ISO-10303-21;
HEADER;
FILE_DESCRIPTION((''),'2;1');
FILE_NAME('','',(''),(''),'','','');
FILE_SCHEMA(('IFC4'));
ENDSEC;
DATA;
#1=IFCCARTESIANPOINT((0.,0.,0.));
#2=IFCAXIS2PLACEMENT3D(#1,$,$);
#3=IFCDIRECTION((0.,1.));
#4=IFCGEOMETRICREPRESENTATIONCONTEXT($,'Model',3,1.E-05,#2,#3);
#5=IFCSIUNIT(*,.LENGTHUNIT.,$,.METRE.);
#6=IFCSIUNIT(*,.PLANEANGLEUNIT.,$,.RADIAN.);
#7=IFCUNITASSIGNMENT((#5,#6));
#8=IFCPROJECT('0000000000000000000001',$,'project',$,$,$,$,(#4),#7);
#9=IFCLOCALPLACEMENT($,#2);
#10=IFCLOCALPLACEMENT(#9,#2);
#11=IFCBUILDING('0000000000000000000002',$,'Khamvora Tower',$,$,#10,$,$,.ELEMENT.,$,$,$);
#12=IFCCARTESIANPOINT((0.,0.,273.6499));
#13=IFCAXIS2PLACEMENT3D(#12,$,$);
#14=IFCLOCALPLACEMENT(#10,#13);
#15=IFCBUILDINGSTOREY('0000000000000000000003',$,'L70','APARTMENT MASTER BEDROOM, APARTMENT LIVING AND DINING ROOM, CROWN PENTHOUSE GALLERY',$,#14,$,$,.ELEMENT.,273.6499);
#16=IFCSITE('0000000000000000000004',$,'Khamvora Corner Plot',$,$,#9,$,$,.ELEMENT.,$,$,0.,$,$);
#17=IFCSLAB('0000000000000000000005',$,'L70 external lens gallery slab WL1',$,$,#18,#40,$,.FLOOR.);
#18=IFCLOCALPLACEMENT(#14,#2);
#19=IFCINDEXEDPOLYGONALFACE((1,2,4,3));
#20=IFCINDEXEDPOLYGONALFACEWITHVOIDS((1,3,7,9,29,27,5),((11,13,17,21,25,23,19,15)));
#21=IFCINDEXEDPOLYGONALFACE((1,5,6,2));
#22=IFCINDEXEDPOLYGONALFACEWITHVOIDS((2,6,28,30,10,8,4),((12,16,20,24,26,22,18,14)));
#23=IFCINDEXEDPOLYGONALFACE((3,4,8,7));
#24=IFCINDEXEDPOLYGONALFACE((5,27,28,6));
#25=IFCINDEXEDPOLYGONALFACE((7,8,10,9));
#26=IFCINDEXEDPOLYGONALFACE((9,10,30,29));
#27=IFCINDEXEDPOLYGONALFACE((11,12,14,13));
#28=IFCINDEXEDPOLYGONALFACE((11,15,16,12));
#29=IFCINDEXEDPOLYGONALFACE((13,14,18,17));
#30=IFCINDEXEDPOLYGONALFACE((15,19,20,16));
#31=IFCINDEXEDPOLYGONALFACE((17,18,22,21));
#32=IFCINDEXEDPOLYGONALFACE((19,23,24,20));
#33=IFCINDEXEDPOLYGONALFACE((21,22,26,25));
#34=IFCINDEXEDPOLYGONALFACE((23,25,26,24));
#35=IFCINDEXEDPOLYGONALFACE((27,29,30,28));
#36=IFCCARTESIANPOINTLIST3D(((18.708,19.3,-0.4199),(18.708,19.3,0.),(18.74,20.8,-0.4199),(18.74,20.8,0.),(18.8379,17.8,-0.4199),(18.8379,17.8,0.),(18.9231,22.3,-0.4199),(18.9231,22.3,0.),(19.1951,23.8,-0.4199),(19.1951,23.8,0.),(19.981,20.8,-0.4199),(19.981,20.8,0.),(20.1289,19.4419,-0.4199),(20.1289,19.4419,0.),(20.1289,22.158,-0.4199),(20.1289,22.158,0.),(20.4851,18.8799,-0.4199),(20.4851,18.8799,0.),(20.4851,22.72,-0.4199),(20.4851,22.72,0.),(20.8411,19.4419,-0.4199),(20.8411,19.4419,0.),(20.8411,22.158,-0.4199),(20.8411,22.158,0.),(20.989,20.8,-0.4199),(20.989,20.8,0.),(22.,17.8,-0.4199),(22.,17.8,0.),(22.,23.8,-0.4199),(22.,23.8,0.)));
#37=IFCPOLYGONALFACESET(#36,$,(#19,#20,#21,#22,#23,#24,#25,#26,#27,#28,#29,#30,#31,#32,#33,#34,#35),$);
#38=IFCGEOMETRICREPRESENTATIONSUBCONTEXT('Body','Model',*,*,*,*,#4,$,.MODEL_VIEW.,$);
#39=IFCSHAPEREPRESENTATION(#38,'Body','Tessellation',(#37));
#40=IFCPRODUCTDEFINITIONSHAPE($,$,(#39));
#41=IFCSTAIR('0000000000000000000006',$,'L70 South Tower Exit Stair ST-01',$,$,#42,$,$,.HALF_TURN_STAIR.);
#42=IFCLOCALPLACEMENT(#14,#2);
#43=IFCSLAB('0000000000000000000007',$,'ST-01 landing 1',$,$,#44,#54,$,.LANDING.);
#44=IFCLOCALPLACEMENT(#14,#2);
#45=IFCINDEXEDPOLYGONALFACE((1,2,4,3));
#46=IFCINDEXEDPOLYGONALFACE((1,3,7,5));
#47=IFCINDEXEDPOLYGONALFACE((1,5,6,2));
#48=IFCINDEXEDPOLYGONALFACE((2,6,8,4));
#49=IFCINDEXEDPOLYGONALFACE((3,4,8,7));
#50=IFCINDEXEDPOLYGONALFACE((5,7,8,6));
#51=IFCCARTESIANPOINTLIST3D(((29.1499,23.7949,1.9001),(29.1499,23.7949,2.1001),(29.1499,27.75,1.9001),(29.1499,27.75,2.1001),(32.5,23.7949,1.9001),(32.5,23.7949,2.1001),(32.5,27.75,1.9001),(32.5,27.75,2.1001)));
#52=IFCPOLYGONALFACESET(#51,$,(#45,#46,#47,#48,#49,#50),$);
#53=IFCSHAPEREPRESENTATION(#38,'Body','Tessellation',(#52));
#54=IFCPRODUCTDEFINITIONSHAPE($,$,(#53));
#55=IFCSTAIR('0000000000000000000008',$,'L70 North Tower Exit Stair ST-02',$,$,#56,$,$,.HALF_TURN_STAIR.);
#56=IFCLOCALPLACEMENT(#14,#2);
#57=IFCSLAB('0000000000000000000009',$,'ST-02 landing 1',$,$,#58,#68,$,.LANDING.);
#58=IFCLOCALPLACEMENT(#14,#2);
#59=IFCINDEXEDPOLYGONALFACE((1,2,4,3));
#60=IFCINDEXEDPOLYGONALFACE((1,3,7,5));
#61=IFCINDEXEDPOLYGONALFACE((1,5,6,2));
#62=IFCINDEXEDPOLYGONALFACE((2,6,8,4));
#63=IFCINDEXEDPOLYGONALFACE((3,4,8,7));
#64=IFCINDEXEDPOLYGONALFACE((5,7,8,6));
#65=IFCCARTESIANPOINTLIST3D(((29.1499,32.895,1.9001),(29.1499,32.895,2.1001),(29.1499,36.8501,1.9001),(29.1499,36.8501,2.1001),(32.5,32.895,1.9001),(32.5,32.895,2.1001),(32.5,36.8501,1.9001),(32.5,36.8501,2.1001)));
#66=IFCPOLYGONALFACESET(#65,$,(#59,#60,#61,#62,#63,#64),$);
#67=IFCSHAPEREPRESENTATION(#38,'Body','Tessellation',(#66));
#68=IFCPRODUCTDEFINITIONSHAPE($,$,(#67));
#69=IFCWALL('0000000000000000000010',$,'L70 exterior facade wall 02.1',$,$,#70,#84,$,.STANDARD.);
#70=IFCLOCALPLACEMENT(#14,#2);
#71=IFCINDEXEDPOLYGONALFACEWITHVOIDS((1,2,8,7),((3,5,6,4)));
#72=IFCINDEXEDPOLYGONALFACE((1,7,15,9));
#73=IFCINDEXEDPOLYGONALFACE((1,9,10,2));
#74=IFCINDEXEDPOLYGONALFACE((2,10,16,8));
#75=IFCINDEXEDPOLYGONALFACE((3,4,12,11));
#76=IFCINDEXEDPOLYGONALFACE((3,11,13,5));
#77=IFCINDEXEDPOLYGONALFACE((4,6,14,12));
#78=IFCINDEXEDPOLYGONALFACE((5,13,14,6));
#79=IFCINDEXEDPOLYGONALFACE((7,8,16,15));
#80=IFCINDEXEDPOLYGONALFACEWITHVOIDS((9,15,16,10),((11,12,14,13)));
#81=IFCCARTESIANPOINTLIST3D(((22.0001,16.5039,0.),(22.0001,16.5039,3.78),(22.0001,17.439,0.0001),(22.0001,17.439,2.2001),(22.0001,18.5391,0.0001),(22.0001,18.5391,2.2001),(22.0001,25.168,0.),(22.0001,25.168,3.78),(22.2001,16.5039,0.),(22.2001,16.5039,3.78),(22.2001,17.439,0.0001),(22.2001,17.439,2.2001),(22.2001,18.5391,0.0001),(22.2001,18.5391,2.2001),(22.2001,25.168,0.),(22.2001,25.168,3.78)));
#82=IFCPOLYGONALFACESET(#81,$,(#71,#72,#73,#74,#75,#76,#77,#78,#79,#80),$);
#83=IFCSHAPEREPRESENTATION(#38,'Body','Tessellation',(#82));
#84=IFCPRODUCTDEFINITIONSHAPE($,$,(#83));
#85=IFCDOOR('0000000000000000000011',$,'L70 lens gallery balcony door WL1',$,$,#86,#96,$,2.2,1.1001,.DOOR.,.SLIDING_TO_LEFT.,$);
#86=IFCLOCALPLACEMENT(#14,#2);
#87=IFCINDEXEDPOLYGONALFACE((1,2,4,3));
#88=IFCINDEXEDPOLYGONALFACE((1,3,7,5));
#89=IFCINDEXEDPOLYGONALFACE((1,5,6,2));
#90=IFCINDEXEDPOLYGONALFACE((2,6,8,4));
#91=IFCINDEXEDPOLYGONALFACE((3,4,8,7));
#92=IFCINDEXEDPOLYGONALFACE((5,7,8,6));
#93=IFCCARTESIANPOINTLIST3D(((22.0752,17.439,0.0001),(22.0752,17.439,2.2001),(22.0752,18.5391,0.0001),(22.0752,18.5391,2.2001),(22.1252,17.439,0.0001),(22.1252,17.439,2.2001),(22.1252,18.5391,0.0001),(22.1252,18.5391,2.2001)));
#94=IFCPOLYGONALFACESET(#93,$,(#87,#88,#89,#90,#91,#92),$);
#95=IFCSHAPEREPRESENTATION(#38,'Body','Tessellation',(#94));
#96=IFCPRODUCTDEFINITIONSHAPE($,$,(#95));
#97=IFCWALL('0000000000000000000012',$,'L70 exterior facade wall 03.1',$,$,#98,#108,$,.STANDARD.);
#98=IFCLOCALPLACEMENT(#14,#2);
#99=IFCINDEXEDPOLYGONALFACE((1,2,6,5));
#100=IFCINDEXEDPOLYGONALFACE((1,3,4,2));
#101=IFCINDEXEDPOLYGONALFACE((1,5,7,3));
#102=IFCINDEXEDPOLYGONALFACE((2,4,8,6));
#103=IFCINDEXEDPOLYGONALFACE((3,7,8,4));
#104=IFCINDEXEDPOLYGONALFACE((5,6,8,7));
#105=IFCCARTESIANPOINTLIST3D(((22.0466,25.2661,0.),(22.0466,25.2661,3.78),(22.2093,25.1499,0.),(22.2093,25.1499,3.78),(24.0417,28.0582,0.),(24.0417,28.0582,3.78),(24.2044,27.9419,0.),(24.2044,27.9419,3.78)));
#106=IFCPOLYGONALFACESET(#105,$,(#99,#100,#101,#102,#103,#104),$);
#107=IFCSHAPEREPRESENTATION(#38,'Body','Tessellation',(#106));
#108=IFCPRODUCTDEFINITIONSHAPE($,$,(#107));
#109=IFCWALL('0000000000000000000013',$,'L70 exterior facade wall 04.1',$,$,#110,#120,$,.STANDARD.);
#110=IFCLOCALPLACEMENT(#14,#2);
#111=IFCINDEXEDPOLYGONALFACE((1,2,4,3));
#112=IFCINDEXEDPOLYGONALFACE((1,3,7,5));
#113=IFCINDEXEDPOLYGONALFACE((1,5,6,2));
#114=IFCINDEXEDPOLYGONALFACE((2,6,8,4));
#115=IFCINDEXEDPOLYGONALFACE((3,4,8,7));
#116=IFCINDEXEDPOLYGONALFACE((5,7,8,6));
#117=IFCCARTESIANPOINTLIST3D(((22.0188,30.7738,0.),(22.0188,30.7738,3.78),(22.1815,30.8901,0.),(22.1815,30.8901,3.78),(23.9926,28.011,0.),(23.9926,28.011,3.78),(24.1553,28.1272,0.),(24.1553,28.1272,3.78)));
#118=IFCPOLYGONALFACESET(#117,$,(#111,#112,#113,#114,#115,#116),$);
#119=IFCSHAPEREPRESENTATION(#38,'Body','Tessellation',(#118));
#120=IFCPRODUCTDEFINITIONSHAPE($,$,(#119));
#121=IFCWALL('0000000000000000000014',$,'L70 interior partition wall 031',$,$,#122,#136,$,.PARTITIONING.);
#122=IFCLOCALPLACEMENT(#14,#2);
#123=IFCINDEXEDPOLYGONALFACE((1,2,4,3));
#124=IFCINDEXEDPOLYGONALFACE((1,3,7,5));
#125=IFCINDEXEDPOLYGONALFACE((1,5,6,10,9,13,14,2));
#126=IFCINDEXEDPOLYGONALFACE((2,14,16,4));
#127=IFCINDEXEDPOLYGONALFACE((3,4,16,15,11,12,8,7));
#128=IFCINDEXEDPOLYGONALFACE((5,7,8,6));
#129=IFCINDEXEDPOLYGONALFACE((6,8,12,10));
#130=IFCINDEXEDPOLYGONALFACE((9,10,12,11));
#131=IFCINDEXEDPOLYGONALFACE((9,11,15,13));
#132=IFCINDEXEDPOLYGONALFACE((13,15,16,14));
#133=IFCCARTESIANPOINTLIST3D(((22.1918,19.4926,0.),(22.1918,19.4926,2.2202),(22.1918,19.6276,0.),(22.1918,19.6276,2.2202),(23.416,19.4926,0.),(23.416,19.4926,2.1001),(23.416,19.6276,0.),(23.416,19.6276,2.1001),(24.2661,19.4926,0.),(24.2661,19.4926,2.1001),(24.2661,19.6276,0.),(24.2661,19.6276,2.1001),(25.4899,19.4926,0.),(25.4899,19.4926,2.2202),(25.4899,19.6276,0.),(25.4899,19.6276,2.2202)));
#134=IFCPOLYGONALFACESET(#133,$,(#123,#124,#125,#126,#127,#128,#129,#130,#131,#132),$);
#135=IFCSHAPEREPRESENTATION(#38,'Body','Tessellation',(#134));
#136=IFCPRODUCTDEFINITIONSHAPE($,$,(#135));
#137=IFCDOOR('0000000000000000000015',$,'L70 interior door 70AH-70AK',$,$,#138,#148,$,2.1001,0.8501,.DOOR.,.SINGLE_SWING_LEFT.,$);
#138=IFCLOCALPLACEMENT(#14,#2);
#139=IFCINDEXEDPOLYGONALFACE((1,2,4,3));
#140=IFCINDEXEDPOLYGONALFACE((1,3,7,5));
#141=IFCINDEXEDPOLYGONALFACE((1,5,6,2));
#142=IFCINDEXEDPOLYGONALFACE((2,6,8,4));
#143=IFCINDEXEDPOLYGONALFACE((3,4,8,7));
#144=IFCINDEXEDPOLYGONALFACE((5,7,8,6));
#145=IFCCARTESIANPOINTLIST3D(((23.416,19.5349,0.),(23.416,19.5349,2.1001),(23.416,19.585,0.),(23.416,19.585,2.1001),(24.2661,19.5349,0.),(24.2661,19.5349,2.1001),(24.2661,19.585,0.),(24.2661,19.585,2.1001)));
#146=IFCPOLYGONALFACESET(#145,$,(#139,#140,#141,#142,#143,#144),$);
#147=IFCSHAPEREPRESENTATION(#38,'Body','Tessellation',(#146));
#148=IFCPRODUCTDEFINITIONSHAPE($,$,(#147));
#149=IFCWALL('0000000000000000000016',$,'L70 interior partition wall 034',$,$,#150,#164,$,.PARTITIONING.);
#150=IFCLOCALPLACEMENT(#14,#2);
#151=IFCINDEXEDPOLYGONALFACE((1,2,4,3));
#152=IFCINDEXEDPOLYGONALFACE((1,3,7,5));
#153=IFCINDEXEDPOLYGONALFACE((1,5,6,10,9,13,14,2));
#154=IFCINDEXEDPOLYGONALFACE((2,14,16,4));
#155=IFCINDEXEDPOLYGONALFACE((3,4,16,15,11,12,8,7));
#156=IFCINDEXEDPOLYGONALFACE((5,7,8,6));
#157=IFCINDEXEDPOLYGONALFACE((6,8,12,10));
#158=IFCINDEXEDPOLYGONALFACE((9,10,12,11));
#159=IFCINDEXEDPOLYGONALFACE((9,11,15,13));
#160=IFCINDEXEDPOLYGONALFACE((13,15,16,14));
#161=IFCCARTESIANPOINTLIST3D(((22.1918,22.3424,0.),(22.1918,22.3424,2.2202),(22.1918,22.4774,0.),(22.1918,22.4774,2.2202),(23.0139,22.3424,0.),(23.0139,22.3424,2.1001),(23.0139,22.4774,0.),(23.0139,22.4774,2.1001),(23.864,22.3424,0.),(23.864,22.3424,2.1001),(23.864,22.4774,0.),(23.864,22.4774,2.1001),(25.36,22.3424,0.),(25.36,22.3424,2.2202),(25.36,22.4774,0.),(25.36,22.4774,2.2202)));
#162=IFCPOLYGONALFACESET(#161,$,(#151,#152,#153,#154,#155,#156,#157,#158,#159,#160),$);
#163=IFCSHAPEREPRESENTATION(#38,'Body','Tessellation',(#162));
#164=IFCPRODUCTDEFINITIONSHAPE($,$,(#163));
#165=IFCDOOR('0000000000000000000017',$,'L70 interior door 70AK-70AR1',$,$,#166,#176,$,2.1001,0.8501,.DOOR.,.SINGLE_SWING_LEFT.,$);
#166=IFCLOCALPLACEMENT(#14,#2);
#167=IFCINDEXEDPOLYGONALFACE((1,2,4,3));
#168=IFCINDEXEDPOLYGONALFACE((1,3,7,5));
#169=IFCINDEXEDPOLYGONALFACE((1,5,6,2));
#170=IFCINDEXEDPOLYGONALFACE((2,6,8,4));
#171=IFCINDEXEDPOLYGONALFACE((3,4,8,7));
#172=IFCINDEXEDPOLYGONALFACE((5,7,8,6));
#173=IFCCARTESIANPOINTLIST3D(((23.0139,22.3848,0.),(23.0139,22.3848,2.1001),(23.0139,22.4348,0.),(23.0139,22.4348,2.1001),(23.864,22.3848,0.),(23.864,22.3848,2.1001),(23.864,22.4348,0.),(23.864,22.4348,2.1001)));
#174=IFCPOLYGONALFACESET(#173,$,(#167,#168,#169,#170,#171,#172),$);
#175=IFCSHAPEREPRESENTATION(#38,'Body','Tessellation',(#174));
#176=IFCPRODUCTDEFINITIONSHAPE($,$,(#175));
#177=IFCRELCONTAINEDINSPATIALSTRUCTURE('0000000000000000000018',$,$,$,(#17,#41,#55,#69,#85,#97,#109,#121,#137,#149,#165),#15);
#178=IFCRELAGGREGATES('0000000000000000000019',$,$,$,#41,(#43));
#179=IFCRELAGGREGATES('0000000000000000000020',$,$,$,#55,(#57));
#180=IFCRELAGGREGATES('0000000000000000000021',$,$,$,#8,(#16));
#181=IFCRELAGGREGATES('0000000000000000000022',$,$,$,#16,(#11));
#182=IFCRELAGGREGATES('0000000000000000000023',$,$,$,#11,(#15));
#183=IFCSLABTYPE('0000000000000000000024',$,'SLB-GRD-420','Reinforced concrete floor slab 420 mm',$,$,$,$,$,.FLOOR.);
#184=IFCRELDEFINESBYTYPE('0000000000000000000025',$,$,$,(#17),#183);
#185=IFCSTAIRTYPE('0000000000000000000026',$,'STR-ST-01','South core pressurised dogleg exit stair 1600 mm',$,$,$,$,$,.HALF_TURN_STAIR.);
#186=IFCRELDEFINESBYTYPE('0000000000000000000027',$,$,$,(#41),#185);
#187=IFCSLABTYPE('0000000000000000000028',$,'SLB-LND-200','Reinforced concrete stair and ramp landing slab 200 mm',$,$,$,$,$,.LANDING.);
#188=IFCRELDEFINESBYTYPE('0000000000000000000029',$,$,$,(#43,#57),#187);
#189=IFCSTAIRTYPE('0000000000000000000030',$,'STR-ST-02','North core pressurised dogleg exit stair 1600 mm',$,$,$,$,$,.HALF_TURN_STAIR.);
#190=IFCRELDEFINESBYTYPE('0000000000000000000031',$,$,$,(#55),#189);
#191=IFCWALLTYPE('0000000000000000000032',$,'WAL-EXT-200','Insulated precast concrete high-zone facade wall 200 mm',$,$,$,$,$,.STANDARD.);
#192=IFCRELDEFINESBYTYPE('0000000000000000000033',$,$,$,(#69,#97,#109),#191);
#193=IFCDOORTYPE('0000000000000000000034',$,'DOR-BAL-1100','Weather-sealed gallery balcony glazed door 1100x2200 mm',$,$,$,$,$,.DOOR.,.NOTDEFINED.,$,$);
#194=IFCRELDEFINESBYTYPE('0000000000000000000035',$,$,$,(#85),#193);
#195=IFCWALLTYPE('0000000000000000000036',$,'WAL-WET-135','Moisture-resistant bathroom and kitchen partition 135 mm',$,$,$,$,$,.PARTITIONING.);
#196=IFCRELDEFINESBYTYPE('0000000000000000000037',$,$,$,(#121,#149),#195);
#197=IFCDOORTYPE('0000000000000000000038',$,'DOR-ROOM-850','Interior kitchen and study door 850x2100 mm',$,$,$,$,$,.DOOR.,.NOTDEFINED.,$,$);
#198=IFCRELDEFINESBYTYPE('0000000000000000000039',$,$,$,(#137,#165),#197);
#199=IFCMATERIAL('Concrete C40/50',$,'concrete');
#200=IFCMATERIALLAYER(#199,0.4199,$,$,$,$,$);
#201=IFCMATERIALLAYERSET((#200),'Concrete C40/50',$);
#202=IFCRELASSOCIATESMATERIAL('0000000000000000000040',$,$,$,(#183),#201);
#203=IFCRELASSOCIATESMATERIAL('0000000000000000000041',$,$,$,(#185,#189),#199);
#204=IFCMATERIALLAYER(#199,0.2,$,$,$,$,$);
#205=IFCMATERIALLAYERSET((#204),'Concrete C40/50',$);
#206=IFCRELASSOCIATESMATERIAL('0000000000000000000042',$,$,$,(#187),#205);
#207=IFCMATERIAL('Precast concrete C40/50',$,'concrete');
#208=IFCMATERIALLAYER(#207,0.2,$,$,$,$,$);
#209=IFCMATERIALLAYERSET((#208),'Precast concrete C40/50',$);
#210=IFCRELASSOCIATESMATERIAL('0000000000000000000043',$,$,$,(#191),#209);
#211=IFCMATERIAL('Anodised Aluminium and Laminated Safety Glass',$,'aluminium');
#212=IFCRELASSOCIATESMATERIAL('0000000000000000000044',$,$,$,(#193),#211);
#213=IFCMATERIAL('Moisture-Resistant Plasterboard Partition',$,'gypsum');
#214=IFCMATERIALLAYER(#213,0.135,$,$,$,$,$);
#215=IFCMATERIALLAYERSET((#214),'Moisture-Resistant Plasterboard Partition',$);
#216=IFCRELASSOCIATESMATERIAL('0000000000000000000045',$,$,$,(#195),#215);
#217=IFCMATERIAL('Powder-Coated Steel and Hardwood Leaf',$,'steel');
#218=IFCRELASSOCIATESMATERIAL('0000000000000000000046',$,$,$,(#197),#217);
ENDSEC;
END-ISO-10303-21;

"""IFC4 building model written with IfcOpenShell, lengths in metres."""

from ifc_helpers import new_model, si_unit, direction, frame, frame_2d, origin, place, context, subcontext, project, spatial, polyline, rectangle, outline, extrude, material, layer, layer_set, type_object, element, fill, aggregate, save


model = new_model("IFC4")

# Units and contexts
model_context = context("Model", 3, precision=1e-05, world=origin(), true_north=direction((0.0, 1.0)))
body_context = subcontext(model_context, "Body", "Model", "MODEL_VIEW")
ifc_project = project(units=[si_unit("LENGTHUNIT", "METRE"), si_unit("PLANEANGLEUNIT", "RADIAN")], contexts=[model_context])

# Site, building, storey
site_placement = place(None, origin())
site = spatial("IfcSite", under=ifc_project, at=site_placement, Name="Khamvora Corner Plot", CompositionType="ELEMENT", RefElevation=0.0)
building_placement = place(site_placement, origin())
building = spatial("IfcBuilding", under=site, at=building_placement, Name="Khamvora Tower", CompositionType="ELEMENT")
storey_placement = place(building_placement, frame((0.0, 0.0, 273.6499)))
storey = spatial("IfcBuildingStorey", under=building, at=storey_placement, Name="L70", Description="APARTMENT MASTER BEDROOM, APARTMENT LIVING AND DINING ROOM, CROWN PENTHOUSE GALLERY", CompositionType="ELEMENT", Elevation=273.6499)

# Slab
ifc_material_1 = material(Name="Concrete C40/50", Category="concrete")
ifc_layer_1 = layer(ifc_material_1, 0.4199)
ifc_layer_set_1 = layer_set([ifc_layer_1], Name="Concrete C40/50")
slab_type_1 = type_object("IfcSlabType", Name="SLB-GRD-420", Description="Reinforced concrete floor slab 420 mm", PredefinedType="FLOOR", material=ifc_layer_set_1)
slab_1_placement = place(storey_placement, frame((0.0, 0.0, -0.4199)))
element("IfcSlab", 1, at=slab_1_placement, inside=storey, type_object=slab_type_1, Name="L70 external lens gallery slab WL1", PredefinedType="FLOOR", context=body_context, shape_type="SweptSolid", body=[
    extrude(outline(polyline([(22.0, 17.8), (22.0, 23.8), (19.1951, 23.8), (18.9231, 22.3), (18.74, 20.8), (18.708, 19.3), (18.8379, 17.8), (22.0, 17.8)]), holes=[polyline([(20.989, 20.8), (20.8411, 22.158), (20.4851, 22.72), (20.1289, 22.158), (19.981, 20.8), (20.1289, 19.4419), (20.4851, 18.8799), (20.8411, 19.4419), (20.989, 20.8)])]), origin(), (0.0, 0.0, 1.0), 0.4199),
])

# Stairs, slabs
stair_type_1 = type_object("IfcStairType", Name="STR-ST-01", Description="South core pressurised dogleg exit stair 1600 mm", PredefinedType="HALF_TURN_STAIR", material=ifc_material_1)
stair_1_placement = place(storey_placement, origin())
stair_1 = element("IfcStair", 2, at=stair_1_placement, inside=storey, type_object=stair_type_1, Name="L70 South Tower Exit Stair ST-01", PredefinedType="HALF_TURN_STAIR")
ifc_layer_2 = layer(ifc_material_1, 0.2)
ifc_layer_set_2 = layer_set([ifc_layer_2], Name="Concrete C40/50")
slab_type_2 = type_object("IfcSlabType", Name="SLB-LND-200", Description="Reinforced concrete stair and ramp landing slab 200 mm", PredefinedType="LANDING", material=ifc_layer_set_2)
slab_2_placement = place(storey_placement, frame((0.0, 0.0, 1.9001)))
slab_2 = element("IfcSlab", 3, at=slab_2_placement, type_object=slab_type_2, Name="ST-01 landing 1", PredefinedType="LANDING", context=body_context, shape_type="SweptSolid", body=[
    extrude(outline(polyline([(32.5, 23.7949), (32.5, 27.75), (29.1499, 27.75), (29.1499, 23.7949), (32.5, 23.7949)])), origin(), (0.0, 0.0, 1.0), 0.2),
])
aggregate(stair_1, [slab_2])
stair_type_2 = type_object("IfcStairType", Name="STR-ST-02", Description="North core pressurised dogleg exit stair 1600 mm", PredefinedType="HALF_TURN_STAIR", material=ifc_material_1)
stair_2_placement = place(storey_placement, origin())
stair_2 = element("IfcStair", 4, at=stair_2_placement, inside=storey, type_object=stair_type_2, Name="L70 North Tower Exit Stair ST-02", PredefinedType="HALF_TURN_STAIR")
slab_3_placement = place(storey_placement, frame((0.0, 0.0, 1.9001)))
slab_3 = element("IfcSlab", 5, at=slab_3_placement, type_object=slab_type_2, Name="ST-02 landing 1", PredefinedType="LANDING", context=body_context, shape_type="SweptSolid", body=[
    extrude(outline(polyline([(32.5, 32.895), (32.5, 36.8501), (29.1499, 36.8501), (29.1499, 32.895), (32.5, 32.895)])), origin(), (0.0, 0.0, 1.0), 0.2),
])
aggregate(stair_2, [slab_3])

# Wall, opening, door
ifc_material_2 = material(Name="Precast concrete C40/50", Category="concrete")
ifc_layer_3 = layer(ifc_material_2, 0.2)
ifc_layer_set_3 = layer_set([ifc_layer_3], Name="Precast concrete C40/50")
wall_type_1 = type_object("IfcWallType", Name="WAL-EXT-200", Description="Insulated precast concrete high-zone facade wall 200 mm", PredefinedType="STANDARD", material=ifc_layer_set_3)
wall_1_placement = place(storey_placement, frame((22.1001, 16.5039, 0.0), z_axis=(0.0, 0.0, 1.0), x_axis=(0.0, 1.0, 0.0)))
wall_1 = element("IfcWall", 6, at=wall_1_placement, inside=storey, type_object=wall_type_1, Name="L70 exterior facade wall 02.1", PredefinedType="STANDARD", context=body_context, shape_type="SweptSolid", body=[
    extrude(rectangle(XDim=8.6641, YDim=0.2, at=frame_2d((4.332, 0.0))), origin(), (0.0, 0.0, 1.0), 3.78),
])
opening_1_placement = place(wall_1_placement, frame((0.9351, 0.0, 0.0)))
opening_1 = element("IfcOpeningElement", 7, at=opening_1_placement, cuts=wall_1, PredefinedType="OPENING", context=body_context, shape_type="SweptSolid", body=[
    extrude(rectangle(XDim=1.1001, YDim=2.2, at=frame_2d((0.55, 1.1001))), frame((0.0, 0.1099, 0.0), z_axis=(0.0, -1.0, 0.0), x_axis=(1.0, 0.0, 0.0)), (0.0, 0.0, 1.0), 0.22),
])
ifc_material_3 = material(Name="Anodised Aluminium and Laminated Safety Glass", Category="aluminium")
door_type_1 = type_object("IfcDoorType", Name="DOR-BAL-1100", Description="Weather-sealed gallery balcony glazed door 1100x2200 mm", OperationType="NOTDEFINED", PredefinedType="DOOR", material=ifc_material_3)
door_1_placement = place(opening_1_placement, origin())
door_1 = element("IfcDoor", 8, at=door_1_placement, inside=storey, type_object=door_type_1, Name="L70 lens gallery balcony door WL1", OperationType="SLIDING_TO_LEFT", OverallHeight=2.2, OverallWidth=1.1001, PredefinedType="DOOR", context=body_context, shape_type="SweptSolid", body=[
    extrude(rectangle(XDim=1.1001, YDim=2.2, at=frame_2d((0.55, 1.1001))), frame((0.0, 0.0249, 0.0), z_axis=(0.0, -1.0, 0.0), x_axis=(1.0, 0.0, 0.0)), (0.0, 0.0, 1.0), 0.05),
])
fill(opening_1, door_1)

# Walls
wall_2_placement = place(storey_placement, frame((22.1279, 25.208, 0.0), z_axis=(0.0, 0.0, 1.0), x_axis=(0.5814, 0.813618, 0.0)))
element("IfcWall", 9, at=wall_2_placement, inside=storey, type_object=wall_type_1, Name="L70 exterior facade wall 03.1", PredefinedType="STANDARD", context=body_context, shape_type="SweptSolid", body=[
    extrude(rectangle(XDim=3.4316, YDim=0.2, at=frame_2d((1.7158, 0.0))), origin(), (0.0, 0.0, 1.0), 3.78),
])
wall_3_placement = place(storey_placement, frame((24.074, 28.0691, 0.0), z_axis=(0.0, 0.0, 1.0), x_axis=(-0.581306, 0.813685, 0.0)))
element("IfcWall", 10, at=wall_3_placement, inside=storey, type_object=wall_type_1, Name="L70 exterior facade wall 04.1", PredefinedType="STANDARD", context=body_context, shape_type="SweptSolid", body=[
    extrude(rectangle(XDim=3.3955, YDim=0.2, at=frame_2d((1.6978, 0.0))), origin(), (0.0, 0.0, 1.0), 3.78),
])

# Walls, openings, doors
ifc_material_4 = material(Name="Moisture-Resistant Plasterboard Partition", Category="gypsum")
ifc_layer_4 = layer(ifc_material_4, 0.135)
ifc_layer_set_4 = layer_set([ifc_layer_4], Name="Moisture-Resistant Plasterboard Partition")
wall_type_2 = type_object("IfcWallType", Name="WAL-WET-135", Description="Moisture-resistant bathroom and kitchen partition 135 mm", PredefinedType="PARTITIONING", material=ifc_layer_set_4)
wall_4_placement = place(storey_placement, frame((22.1919, 19.5601, 0.0), z_axis=(0.0, 0.0, 1.0), x_axis=(1.0, 0.0, 0.0)))
wall_4 = element("IfcWall", 11, at=wall_4_placement, inside=storey, type_object=wall_type_2, Name="L70 interior partition wall 031", PredefinedType="PARTITIONING", context=body_context, shape_type="SweptSolid", body=[
    extrude(rectangle(XDim=3.2981, YDim=0.135, at=frame_2d((1.6489, 0.0))), origin(), (0.0, 0.0, 1.0), 2.2202),
])
opening_2_placement = place(wall_4_placement, frame((1.2241, 0.0, 0.0)))
opening_2 = element("IfcOpeningElement", 12, at=opening_2_placement, cuts=wall_4, PredefinedType="OPENING", context=body_context, shape_type="SweptSolid", body=[
    extrude(rectangle(XDim=0.8501, YDim=2.1001, at=frame_2d((0.425, 1.05))), frame((0.0, 0.0774, 0.0), z_axis=(0.0, -1.0, 0.0), x_axis=(1.0, 0.0, 0.0)), (0.0, 0.0, 1.0), 0.155),
])
ifc_material_5 = material(Name="Powder-Coated Steel and Hardwood Leaf", Category="steel")
door_type_2 = type_object("IfcDoorType", Name="DOR-ROOM-850", Description="Interior kitchen and study door 850x2100 mm", OperationType="NOTDEFINED", PredefinedType="DOOR", material=ifc_material_5)
door_2_placement = place(opening_2_placement, origin())
door_2 = element("IfcDoor", 13, at=door_2_placement, inside=storey, type_object=door_type_2, Name="L70 interior door 70AH-70AK", OperationType="SINGLE_SWING_LEFT", OverallHeight=2.1001, OverallWidth=0.8501, PredefinedType="DOOR", context=body_context, shape_type="SweptSolid", body=[
    extrude(rectangle(XDim=0.8501, YDim=2.1001, at=frame_2d((0.425, 1.05))), frame((0.0, 0.0249, 0.0), z_axis=(0.0, -1.0, 0.0), x_axis=(1.0, 0.0, 0.0)), (0.0, 0.0, 1.0), 0.05),
])
fill(opening_2, door_2)
wall_5_placement = place(storey_placement, frame((22.1919, 22.4099, 0.0), z_axis=(0.0, 0.0, 1.0), x_axis=(1.0, 0.0, 0.0)))
wall_5 = element("IfcWall", 14, at=wall_5_placement, inside=storey, type_object=wall_type_2, Name="L70 interior partition wall 034", PredefinedType="PARTITIONING", context=body_context, shape_type="SweptSolid", body=[
    extrude(rectangle(XDim=3.1682, YDim=0.135, at=frame_2d((1.584, 0.0))), origin(), (0.0, 0.0, 1.0), 2.2202),
])
opening_3_placement = place(wall_5_placement, frame((0.822, 0.0, 0.0)))
opening_3 = element("IfcOpeningElement", 15, at=opening_3_placement, cuts=wall_5, PredefinedType="OPENING", context=body_context, shape_type="SweptSolid", body=[
    extrude(rectangle(XDim=0.8501, YDim=2.1001, at=frame_2d((0.425, 1.05))), frame((0.0, 0.0774, 0.0), z_axis=(0.0, -1.0, 0.0), x_axis=(1.0, 0.0, 0.0)), (0.0, 0.0, 1.0), 0.155),
])
door_3_placement = place(opening_3_placement, origin())
door_3 = element("IfcDoor", 16, at=door_3_placement, inside=storey, type_object=door_type_2, Name="L70 interior door 70AK-70AR1", OperationType="SINGLE_SWING_LEFT", OverallHeight=2.1001, OverallWidth=0.8501, PredefinedType="DOOR", context=body_context, shape_type="SweptSolid", body=[
    extrude(rectangle(XDim=0.8501, YDim=2.1001, at=frame_2d((0.425, 1.05))), frame((0.0, 0.0249, 0.0), z_axis=(0.0, -1.0, 0.0), x_axis=(1.0, 0.0, 0.0)), (0.0, 0.0, 1.0), 0.05),
])
fill(opening_3, door_3)

save(model, "model.ifc")
